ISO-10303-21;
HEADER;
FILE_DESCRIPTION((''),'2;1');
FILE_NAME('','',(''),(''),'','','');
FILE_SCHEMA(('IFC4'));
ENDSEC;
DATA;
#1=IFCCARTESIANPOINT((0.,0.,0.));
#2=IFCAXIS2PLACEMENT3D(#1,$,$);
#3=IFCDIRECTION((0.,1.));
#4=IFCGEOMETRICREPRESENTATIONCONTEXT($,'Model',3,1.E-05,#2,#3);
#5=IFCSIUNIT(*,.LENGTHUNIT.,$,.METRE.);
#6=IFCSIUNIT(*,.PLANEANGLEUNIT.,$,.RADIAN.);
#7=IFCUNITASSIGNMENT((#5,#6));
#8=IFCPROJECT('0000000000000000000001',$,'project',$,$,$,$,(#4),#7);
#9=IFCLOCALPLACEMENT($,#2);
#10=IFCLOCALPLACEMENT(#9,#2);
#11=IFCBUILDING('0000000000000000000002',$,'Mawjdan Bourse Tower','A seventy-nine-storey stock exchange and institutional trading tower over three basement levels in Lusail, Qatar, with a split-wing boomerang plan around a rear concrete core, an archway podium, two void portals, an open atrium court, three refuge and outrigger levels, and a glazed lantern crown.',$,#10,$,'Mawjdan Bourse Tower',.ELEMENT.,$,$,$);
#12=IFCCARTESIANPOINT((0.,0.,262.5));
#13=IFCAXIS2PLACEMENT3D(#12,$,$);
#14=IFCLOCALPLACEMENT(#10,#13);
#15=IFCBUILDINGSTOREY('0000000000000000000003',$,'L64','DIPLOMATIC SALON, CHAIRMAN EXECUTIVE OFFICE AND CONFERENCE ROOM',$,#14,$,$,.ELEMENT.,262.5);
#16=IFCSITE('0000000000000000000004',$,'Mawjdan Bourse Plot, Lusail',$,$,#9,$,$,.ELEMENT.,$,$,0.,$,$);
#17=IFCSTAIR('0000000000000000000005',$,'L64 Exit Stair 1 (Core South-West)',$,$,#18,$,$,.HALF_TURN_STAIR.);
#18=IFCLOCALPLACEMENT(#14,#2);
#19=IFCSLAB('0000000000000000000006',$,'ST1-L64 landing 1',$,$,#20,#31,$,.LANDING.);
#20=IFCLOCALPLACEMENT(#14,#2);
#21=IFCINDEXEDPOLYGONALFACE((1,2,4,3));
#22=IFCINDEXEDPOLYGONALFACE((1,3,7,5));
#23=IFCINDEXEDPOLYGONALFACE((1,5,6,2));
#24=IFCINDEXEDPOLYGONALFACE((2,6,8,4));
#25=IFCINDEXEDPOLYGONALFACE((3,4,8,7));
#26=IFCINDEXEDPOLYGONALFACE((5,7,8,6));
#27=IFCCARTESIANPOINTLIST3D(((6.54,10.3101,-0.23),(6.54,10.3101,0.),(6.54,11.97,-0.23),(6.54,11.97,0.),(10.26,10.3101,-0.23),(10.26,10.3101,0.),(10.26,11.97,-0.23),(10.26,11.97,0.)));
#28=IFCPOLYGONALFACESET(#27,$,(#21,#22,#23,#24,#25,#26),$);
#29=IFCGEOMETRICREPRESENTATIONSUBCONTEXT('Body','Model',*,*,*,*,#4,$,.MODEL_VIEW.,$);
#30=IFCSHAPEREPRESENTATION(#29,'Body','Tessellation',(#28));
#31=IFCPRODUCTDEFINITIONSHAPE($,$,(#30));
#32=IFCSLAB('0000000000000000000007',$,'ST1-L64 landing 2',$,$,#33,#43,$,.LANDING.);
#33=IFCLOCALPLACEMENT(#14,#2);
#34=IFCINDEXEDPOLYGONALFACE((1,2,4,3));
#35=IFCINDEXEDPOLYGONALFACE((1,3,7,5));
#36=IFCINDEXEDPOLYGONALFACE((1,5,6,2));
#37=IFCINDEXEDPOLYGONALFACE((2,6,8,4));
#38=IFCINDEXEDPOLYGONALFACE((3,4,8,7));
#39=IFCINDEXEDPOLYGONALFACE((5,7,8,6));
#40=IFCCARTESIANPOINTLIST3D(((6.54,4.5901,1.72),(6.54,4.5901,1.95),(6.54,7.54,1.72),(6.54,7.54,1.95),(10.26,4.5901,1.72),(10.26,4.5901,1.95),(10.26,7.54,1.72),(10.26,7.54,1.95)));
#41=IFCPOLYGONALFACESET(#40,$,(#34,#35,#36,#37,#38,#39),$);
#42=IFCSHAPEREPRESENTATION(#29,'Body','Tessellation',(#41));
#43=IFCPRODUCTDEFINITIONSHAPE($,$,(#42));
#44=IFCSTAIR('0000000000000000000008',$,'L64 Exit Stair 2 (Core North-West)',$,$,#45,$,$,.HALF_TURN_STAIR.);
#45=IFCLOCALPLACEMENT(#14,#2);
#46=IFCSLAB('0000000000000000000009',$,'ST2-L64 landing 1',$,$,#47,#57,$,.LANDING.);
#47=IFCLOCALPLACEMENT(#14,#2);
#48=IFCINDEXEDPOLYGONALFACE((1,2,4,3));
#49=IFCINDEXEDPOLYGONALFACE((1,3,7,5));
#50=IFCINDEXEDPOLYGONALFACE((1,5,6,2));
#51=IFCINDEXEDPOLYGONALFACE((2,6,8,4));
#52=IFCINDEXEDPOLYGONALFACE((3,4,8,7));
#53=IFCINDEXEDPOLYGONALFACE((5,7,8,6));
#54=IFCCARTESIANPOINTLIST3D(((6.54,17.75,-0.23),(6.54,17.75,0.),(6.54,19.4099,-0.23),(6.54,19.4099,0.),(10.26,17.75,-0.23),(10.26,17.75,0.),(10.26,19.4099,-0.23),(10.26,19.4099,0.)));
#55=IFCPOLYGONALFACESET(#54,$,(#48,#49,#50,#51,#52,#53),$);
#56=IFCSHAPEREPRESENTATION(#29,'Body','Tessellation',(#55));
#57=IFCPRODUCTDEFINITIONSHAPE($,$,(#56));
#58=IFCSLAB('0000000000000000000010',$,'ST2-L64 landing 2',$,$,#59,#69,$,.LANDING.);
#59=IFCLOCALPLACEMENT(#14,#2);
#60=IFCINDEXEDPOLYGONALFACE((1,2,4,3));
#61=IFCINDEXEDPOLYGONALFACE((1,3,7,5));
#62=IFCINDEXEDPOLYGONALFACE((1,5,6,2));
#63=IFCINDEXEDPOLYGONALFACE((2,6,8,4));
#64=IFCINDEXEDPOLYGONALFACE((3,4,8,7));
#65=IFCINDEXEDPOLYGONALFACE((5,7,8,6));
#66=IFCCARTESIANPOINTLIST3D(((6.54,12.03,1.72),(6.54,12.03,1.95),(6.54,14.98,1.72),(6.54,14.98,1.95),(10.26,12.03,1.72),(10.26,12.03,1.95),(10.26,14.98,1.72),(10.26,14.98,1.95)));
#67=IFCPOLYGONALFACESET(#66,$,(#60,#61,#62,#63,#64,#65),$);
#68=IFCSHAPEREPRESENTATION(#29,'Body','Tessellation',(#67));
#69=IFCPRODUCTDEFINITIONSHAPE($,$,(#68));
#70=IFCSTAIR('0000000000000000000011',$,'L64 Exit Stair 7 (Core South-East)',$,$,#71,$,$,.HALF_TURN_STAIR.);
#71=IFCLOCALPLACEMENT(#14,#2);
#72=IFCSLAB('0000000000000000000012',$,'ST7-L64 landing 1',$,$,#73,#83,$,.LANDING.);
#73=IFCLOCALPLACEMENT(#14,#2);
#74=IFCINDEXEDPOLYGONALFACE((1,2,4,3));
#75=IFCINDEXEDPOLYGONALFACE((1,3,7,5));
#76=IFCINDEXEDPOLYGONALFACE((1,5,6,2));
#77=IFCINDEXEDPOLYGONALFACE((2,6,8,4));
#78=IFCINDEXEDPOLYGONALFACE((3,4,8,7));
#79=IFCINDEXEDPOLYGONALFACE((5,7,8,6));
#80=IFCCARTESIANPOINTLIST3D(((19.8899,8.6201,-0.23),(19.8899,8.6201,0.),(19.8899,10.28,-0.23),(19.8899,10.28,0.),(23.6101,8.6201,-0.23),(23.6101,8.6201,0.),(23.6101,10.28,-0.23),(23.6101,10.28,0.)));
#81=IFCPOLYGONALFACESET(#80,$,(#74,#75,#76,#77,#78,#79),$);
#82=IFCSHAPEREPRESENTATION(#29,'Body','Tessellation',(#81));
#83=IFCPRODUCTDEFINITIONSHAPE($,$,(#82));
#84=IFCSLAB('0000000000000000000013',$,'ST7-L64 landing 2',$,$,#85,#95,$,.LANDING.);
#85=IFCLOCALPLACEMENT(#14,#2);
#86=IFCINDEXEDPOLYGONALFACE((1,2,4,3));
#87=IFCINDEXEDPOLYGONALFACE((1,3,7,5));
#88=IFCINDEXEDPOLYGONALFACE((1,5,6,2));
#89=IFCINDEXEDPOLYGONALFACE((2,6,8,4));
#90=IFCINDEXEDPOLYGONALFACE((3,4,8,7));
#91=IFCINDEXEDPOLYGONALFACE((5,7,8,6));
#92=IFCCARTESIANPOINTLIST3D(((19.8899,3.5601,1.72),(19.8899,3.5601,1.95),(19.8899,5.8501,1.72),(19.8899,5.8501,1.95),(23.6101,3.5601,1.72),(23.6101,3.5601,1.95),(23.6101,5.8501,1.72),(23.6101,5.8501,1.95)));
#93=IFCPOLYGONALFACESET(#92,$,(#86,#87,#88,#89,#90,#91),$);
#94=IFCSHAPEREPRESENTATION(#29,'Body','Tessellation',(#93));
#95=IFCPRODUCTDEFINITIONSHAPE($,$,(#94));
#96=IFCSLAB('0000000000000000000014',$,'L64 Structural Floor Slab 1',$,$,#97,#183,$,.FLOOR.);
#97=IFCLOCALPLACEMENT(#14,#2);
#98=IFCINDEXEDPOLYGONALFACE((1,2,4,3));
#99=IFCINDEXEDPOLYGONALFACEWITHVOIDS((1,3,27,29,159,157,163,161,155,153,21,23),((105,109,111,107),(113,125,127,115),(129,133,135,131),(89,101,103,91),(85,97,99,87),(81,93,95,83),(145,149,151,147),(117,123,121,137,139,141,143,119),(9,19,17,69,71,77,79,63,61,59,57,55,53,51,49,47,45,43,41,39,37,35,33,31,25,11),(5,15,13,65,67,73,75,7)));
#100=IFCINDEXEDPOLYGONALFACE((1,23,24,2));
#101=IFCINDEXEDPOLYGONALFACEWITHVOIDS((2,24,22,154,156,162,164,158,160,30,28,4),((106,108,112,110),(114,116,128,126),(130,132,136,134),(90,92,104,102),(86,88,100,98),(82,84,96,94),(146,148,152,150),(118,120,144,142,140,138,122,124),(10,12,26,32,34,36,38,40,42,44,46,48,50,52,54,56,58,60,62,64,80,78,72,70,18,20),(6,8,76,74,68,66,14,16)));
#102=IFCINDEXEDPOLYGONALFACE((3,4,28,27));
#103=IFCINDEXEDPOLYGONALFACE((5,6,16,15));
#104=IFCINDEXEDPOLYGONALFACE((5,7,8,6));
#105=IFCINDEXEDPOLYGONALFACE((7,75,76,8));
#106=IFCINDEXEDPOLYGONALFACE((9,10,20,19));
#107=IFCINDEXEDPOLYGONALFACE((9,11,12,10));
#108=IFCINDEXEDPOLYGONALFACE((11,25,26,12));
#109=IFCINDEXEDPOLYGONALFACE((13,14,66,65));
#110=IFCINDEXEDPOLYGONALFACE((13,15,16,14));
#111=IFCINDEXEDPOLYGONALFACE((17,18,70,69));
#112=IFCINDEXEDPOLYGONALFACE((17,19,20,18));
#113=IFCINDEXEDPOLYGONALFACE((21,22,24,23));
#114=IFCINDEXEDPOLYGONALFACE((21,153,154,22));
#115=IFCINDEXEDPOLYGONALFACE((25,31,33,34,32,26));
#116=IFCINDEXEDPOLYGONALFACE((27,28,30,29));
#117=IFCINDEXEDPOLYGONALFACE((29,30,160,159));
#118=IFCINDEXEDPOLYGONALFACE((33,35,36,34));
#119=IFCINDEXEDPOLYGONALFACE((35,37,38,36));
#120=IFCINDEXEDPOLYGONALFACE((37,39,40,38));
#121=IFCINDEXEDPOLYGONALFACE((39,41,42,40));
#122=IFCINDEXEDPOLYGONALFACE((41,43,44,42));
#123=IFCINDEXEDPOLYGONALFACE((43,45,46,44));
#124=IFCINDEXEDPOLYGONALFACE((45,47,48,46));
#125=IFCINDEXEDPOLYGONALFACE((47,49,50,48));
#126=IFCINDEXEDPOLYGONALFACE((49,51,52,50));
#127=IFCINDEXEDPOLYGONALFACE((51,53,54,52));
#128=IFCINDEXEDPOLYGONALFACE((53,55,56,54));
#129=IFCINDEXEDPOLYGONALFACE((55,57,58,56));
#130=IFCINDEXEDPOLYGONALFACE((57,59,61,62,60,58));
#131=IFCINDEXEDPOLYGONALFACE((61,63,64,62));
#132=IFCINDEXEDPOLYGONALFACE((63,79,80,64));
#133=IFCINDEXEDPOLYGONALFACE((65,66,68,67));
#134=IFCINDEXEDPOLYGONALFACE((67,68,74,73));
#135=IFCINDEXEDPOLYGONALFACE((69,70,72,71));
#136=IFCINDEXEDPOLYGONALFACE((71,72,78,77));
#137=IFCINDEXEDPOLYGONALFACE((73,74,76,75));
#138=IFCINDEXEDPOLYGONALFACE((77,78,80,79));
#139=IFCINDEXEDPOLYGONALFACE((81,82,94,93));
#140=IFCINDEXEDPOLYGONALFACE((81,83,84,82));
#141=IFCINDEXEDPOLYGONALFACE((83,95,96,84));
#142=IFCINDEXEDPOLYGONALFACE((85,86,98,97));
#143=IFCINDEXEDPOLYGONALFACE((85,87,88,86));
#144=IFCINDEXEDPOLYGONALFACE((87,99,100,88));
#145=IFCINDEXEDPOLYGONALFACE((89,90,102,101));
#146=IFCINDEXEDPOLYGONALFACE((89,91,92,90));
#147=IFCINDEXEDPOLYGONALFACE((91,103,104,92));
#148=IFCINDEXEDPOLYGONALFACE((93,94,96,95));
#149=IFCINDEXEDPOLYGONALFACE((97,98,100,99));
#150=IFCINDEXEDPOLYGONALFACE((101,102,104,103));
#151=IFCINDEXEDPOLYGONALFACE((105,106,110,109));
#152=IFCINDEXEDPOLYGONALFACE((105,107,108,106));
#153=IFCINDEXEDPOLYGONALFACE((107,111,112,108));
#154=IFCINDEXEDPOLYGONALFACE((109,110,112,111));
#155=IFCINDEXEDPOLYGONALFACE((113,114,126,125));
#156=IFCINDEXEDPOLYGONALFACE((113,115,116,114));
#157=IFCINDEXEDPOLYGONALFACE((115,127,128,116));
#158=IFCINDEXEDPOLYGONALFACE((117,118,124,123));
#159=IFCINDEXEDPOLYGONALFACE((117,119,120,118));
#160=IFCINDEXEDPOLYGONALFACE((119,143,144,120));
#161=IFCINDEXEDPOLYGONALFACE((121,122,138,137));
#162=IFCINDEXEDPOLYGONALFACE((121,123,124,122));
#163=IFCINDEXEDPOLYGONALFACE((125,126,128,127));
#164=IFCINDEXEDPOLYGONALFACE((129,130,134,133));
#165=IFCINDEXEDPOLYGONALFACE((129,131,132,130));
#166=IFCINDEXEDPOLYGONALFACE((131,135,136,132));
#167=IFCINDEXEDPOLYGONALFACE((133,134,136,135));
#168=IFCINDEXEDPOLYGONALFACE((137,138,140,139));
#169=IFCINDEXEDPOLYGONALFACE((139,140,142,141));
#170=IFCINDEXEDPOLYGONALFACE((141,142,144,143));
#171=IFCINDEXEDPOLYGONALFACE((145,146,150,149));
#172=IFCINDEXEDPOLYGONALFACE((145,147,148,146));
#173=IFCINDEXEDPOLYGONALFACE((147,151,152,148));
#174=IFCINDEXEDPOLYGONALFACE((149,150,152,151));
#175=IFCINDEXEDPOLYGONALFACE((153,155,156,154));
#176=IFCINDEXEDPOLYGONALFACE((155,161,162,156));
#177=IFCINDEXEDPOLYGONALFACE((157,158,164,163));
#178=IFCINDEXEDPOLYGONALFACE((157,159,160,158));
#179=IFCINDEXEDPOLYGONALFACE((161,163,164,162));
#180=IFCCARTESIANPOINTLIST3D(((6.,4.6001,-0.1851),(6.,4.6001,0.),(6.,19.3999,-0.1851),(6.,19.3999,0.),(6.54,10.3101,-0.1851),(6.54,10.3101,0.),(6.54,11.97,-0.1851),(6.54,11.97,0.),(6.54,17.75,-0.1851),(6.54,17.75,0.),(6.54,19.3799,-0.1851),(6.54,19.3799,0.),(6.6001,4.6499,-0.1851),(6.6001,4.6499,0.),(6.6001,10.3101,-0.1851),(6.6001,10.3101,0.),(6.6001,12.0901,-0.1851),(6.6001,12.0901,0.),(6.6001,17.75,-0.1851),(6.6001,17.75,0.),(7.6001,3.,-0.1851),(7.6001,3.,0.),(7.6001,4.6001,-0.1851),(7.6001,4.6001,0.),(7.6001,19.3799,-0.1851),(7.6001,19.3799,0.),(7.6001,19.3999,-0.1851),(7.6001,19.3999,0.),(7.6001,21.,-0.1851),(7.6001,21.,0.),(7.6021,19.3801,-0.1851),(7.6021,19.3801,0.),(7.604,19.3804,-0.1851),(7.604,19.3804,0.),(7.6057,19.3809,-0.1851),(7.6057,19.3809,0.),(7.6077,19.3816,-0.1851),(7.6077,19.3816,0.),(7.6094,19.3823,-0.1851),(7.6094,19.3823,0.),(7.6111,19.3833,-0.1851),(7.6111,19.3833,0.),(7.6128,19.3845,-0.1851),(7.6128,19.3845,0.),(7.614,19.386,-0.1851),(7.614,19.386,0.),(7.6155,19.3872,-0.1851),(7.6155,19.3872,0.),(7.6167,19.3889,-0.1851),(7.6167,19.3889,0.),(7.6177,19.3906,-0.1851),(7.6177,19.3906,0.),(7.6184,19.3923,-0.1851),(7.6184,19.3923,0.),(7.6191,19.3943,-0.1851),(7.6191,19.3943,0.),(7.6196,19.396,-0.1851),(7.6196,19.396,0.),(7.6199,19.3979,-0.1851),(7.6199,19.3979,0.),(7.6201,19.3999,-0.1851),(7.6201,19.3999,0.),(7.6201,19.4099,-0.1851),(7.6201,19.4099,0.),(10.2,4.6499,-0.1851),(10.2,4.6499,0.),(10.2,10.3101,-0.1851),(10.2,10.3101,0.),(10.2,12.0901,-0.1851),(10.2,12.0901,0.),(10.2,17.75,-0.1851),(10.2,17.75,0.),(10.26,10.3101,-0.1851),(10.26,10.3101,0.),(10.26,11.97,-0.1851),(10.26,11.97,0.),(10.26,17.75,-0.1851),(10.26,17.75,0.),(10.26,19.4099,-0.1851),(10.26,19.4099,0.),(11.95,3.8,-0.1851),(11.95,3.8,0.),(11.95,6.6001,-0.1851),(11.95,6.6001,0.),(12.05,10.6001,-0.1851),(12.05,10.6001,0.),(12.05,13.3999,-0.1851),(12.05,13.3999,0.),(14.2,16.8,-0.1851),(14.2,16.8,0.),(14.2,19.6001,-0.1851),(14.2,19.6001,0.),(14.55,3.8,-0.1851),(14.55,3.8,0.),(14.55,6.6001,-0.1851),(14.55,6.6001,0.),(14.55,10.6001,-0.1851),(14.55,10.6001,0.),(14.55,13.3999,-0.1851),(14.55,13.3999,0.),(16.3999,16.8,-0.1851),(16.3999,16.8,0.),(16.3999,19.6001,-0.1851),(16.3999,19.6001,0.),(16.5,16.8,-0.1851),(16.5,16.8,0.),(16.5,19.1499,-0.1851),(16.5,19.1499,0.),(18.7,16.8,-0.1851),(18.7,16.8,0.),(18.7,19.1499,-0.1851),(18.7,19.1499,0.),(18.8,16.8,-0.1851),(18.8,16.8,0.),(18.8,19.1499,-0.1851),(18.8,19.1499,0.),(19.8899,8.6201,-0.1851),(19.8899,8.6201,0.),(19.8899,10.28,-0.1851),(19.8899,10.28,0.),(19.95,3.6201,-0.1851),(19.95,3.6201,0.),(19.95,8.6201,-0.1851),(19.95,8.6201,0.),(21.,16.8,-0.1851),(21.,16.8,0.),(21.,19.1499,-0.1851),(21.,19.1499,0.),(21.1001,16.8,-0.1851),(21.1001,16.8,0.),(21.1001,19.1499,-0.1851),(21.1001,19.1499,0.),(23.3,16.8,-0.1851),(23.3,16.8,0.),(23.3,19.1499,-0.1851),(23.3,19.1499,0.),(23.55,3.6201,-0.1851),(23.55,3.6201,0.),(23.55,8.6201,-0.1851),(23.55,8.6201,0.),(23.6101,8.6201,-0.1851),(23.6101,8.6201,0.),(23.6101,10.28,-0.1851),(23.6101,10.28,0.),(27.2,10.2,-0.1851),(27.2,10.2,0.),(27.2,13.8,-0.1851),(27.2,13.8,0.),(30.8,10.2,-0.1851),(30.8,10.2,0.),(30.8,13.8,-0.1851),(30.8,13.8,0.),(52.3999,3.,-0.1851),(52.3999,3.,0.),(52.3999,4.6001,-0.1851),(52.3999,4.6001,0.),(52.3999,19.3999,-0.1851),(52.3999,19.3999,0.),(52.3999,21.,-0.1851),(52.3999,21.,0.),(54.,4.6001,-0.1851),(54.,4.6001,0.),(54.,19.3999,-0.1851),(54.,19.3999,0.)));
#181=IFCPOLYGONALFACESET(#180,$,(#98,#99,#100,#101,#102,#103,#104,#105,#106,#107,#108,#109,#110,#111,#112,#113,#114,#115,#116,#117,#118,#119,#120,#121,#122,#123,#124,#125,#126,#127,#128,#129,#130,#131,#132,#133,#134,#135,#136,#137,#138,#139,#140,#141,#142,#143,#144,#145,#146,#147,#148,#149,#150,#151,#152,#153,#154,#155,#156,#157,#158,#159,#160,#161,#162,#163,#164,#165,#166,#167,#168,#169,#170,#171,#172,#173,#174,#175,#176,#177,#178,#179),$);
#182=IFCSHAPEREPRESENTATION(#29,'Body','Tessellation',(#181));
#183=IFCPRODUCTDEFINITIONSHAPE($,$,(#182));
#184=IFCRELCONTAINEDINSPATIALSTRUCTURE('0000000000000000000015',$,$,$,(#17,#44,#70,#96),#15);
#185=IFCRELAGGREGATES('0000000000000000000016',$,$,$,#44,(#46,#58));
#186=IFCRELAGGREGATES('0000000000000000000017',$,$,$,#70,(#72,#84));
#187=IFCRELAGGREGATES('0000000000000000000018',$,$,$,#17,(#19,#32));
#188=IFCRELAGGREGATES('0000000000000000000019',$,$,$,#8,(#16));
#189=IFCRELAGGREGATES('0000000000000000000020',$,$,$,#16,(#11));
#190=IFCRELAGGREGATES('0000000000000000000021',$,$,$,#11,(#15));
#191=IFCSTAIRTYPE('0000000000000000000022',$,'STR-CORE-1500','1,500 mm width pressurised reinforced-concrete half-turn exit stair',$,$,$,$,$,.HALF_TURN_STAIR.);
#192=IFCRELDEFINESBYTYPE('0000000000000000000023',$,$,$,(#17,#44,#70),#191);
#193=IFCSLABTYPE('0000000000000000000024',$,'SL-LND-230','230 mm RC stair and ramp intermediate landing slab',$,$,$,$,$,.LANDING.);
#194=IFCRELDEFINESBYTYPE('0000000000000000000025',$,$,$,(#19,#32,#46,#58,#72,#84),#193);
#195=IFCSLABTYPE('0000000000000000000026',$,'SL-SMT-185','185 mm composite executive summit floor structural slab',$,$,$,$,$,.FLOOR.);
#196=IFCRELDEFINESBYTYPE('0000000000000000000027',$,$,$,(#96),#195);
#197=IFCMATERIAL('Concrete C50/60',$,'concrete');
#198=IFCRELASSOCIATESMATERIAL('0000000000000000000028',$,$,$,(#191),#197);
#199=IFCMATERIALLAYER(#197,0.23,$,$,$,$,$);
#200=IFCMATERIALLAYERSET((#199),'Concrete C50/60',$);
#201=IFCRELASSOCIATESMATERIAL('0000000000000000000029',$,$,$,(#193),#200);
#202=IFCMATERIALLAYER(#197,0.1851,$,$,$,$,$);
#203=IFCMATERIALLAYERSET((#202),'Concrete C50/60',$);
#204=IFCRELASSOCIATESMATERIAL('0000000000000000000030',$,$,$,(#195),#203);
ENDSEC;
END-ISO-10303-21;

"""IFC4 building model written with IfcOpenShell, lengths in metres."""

from ifc_helpers import new_model, si_unit, direction, frame, origin, place, context, subcontext, project, spatial, polyline, outline, extrude, material, layer, layer_set, type_object, element, aggregate, save


model = new_model("IFC4")

# Units and contexts
model_context = context("Model", 3, precision=1e-05, world=origin(), true_north=direction((0.0, 1.0)))
body_context = subcontext(model_context, "Body", "Model", "MODEL_VIEW")
ifc_project = project(units=[si_unit("LENGTHUNIT", "METRE"), si_unit("PLANEANGLEUNIT", "RADIAN")], contexts=[model_context])

# Site, building, storey
site_placement = place(None, origin())
site = spatial("IfcSite", under=ifc_project, at=site_placement, Name="Mawjdan Bourse Plot, Lusail", CompositionType="ELEMENT", RefElevation=0.0)
building_placement = place(site_placement, origin())
building = spatial("IfcBuilding", under=site, at=building_placement, Name="Mawjdan Bourse Tower", Description="A seventy-nine-storey stock exchange and institutional trading tower over three basement levels in Lusail, Qatar, with a split-wing boomerang plan around a rear concrete core, an archway podium, two void portals, an open atrium court, three refuge and outrigger levels, and a glazed lantern crown.", LongName="Mawjdan Bourse Tower", CompositionType="ELEMENT")
storey_placement = place(building_placement, frame((0.0, 0.0, 262.5)))
storey = spatial("IfcBuildingStorey", under=building, at=storey_placement, Name="L64", Description="DIPLOMATIC SALON, CHAIRMAN EXECUTIVE OFFICE AND CONFERENCE ROOM", CompositionType="ELEMENT", Elevation=262.5)

# Stairs, slabs
ifc_material_1 = material(Name="Concrete C50/60", Category="concrete")
stair_type = type_object("IfcStairType", Name="STR-CORE-1500", Description="1,500 mm width pressurised reinforced-concrete half-turn exit stair", PredefinedType="HALF_TURN_STAIR", material=ifc_material_1)
stair_1_placement = place(storey_placement, origin())
stair_1 = element("IfcStair", 1, at=stair_1_placement, inside=storey, type_object=stair_type, Name="L64 Exit Stair 1 (Core South-West)", PredefinedType="HALF_TURN_STAIR")
ifc_layer_1 = layer(ifc_material_1, 0.23)
ifc_layer_set_1 = layer_set([ifc_layer_1], Name="Concrete C50/60")
slab_type_1 = type_object("IfcSlabType", Name="SL-LND-230", Description="230 mm RC stair and ramp intermediate landing slab", PredefinedType="LANDING", material=ifc_layer_set_1)
slab_1_placement = place(storey_placement, frame((0.0, 0.0, -0.23)))
slab_1 = element("IfcSlab", 2, at=slab_1_placement, type_object=slab_type_1, Name="ST1-L64 landing 1", PredefinedType="LANDING", context=body_context, shape_type="SweptSolid", body=[
    extrude(outline(polyline([(6.54, 10.3101), (10.26, 10.3101), (10.26, 11.97), (6.54, 11.97), (6.54, 10.3101)])), origin(), (0.0, 0.0, 1.0), 0.23),
])
slab_2_placement = place(storey_placement, frame((0.0, 0.0, 1.72)))
slab_2 = element("IfcSlab", 3, at=slab_2_placement, type_object=slab_type_1, Name="ST1-L64 landing 2", PredefinedType="LANDING", context=body_context, shape_type="SweptSolid", body=[
    extrude(outline(polyline([(6.54, 4.5901), (10.26, 4.5901), (10.26, 7.54), (6.54, 7.54), (6.54, 4.5901)])), origin(), (0.0, 0.0, 1.0), 0.23),
])
stair_2_placement = place(storey_placement, origin())
stair_2 = element("IfcStair", 4, at=stair_2_placement, inside=storey, type_object=stair_type, Name="L64 Exit Stair 2 (Core North-West)", PredefinedType="HALF_TURN_STAIR")
slab_3_placement = place(storey_placement, frame((0.0, 0.0, -0.23)))
slab_3 = element("IfcSlab", 5, at=slab_3_placement, type_object=slab_type_1, Name="ST2-L64 landing 1", PredefinedType="LANDING", context=body_context, shape_type="SweptSolid", body=[
    extrude(outline(polyline([(6.54, 17.75), (10.26, 17.75), (10.26, 19.4099), (6.54, 19.4099), (6.54, 17.75)])), origin(), (0.0, 0.0, 1.0), 0.23),
])
slab_4_placement = place(storey_placement, frame((0.0, 0.0, 1.72)))
slab_4 = element("IfcSlab", 6, at=slab_4_placement, type_object=slab_type_1, Name="ST2-L64 landing 2", PredefinedType="LANDING", context=body_context, shape_type="SweptSolid", body=[
    extrude(outline(polyline([(6.54, 12.03), (10.26, 12.03), (10.26, 14.98), (6.54, 14.98), (6.54, 12.03)])), origin(), (0.0, 0.0, 1.0), 0.23),
])
aggregate(stair_2, [slab_3, slab_4])
stair_3_placement = place(storey_placement, origin())
stair_3 = element("IfcStair", 7, at=stair_3_placement, inside=storey, type_object=stair_type, Name="L64 Exit Stair 7 (Core South-East)", PredefinedType="HALF_TURN_STAIR")
slab_5_placement = place(storey_placement, frame((0.0, 0.0, -0.23)))
slab_5 = element("IfcSlab", 8, at=slab_5_placement, type_object=slab_type_1, Name="ST7-L64 landing 1", PredefinedType="LANDING", context=body_context, shape_type="SweptSolid", body=[
    extrude(outline(polyline([(19.8899, 8.6201), (23.6101, 8.6201), (23.6101, 10.28), (19.8899, 10.28), (19.8899, 8.6201)])), origin(), (0.0, 0.0, 1.0), 0.23),
])
slab_6_placement = place(storey_placement, frame((0.0, 0.0, 1.72)))
slab_6 = element("IfcSlab", 9, at=slab_6_placement, type_object=slab_type_1, Name="ST7-L64 landing 2", PredefinedType="LANDING", context=body_context, shape_type="SweptSolid", body=[
    extrude(outline(polyline([(19.8899, 3.5601), (23.6101, 3.5601), (23.6101, 5.8501), (19.8899, 5.8501), (19.8899, 3.5601)])), origin(), (0.0, 0.0, 1.0), 0.23),
])
aggregate(stair_3, [slab_5, slab_6])

# Slab
ifc_layer_2 = layer(ifc_material_1, 0.1851)
ifc_layer_set_2 = layer_set([ifc_layer_2], Name="Concrete C50/60")
slab_type_2 = type_object("IfcSlabType", Name="SL-SMT-185", Description="185 mm composite executive summit floor structural slab", PredefinedType="FLOOR", material=ifc_layer_set_2)
slab_7_placement = place(storey_placement, frame((0.0, 0.0, -0.1851)))
element("IfcSlab", 10, at=slab_7_placement, inside=storey, type_object=slab_type_2, Name="L64 Structural Floor Slab 1", PredefinedType="FLOOR", context=body_context, shape_type="SweptSolid", body=[
    extrude(outline(polyline([(7.6001, 3.0), (52.3999, 3.0), (52.3999, 4.6001), (54.0, 4.6001), (54.0, 19.3999), (52.3999, 19.3999), (52.3999, 21.0), (7.6001, 21.0), (7.6001, 19.3999), (6.0, 19.3999), (6.0, 4.6001), (7.6001, 4.6001), (7.6001, 3.0)]), holes=[polyline([(14.55, 3.8), (11.95, 3.8), (11.95, 6.6001), (14.55, 6.6001), (14.55, 3.8)]), polyline([(10.26, 11.97), (10.26, 10.3101), (10.2, 10.3101), (10.2, 4.6499), (6.6001, 4.6499), (6.6001, 10.3101), (6.54, 10.3101), (6.54, 11.97), (10.26, 11.97)]), polyline([(14.55, 10.6001), (12.05, 10.6001), (12.05, 13.3999), (14.55, 13.3999), (14.55, 10.6001)]), polyline([(6.6001, 12.0901), (6.6001, 17.75), (6.54, 17.75), (6.54, 19.3799), (7.6001, 19.3799), (7.6021, 19.3801), (7.604, 19.3804), (7.6057, 19.3809), (7.6077, 19.3816), (7.6094, 19.3823), (7.6111, 19.3833), (7.6128, 19.3845), (7.614, 19.386), (7.6155, 19.3872), (7.6167, 19.3889), (7.6177, 19.3906), (7.6184, 19.3923), (7.6191, 19.3943), (7.6196, 19.396), (7.6199, 19.3979), (7.6201, 19.3999), (7.6201, 19.4099), (10.26, 19.4099), (10.26, 17.75), (10.2, 17.75), (10.2, 12.0901), (6.6001, 12.0901)]), polyline([(14.2, 16.8), (14.2, 19.6001), (16.3999, 19.6001), (16.3999, 16.8), (14.2, 16.8)]), polyline([(23.6101, 10.28), (23.6101, 8.6201), (23.55, 8.6201), (23.55, 3.6201), (19.95, 3.6201), (19.95, 8.6201), (19.8899, 8.6201), (19.8899, 10.28), (23.6101, 10.28)]), polyline([(27.2, 10.2), (27.2, 13.8), (30.8, 13.8), (30.8, 10.2), (27.2, 10.2)]), polyline([(16.5, 16.8), (16.5, 19.1499), (18.7, 19.1499), (18.7, 16.8), (16.5, 16.8)]), polyline([(18.8, 16.8), (18.8, 19.1499), (21.0, 19.1499), (21.0, 16.8), (18.8, 16.8)]), polyline([(21.1001, 16.8), (21.1001, 19.1499), (23.3, 19.1499), (23.3, 16.8), (21.1001, 16.8)])]), origin(), (0.0, 0.0, 1.0), 0.1851),
])

aggregate(stair_1, [slab_1, slab_2])

save(model, "model.ifc")
